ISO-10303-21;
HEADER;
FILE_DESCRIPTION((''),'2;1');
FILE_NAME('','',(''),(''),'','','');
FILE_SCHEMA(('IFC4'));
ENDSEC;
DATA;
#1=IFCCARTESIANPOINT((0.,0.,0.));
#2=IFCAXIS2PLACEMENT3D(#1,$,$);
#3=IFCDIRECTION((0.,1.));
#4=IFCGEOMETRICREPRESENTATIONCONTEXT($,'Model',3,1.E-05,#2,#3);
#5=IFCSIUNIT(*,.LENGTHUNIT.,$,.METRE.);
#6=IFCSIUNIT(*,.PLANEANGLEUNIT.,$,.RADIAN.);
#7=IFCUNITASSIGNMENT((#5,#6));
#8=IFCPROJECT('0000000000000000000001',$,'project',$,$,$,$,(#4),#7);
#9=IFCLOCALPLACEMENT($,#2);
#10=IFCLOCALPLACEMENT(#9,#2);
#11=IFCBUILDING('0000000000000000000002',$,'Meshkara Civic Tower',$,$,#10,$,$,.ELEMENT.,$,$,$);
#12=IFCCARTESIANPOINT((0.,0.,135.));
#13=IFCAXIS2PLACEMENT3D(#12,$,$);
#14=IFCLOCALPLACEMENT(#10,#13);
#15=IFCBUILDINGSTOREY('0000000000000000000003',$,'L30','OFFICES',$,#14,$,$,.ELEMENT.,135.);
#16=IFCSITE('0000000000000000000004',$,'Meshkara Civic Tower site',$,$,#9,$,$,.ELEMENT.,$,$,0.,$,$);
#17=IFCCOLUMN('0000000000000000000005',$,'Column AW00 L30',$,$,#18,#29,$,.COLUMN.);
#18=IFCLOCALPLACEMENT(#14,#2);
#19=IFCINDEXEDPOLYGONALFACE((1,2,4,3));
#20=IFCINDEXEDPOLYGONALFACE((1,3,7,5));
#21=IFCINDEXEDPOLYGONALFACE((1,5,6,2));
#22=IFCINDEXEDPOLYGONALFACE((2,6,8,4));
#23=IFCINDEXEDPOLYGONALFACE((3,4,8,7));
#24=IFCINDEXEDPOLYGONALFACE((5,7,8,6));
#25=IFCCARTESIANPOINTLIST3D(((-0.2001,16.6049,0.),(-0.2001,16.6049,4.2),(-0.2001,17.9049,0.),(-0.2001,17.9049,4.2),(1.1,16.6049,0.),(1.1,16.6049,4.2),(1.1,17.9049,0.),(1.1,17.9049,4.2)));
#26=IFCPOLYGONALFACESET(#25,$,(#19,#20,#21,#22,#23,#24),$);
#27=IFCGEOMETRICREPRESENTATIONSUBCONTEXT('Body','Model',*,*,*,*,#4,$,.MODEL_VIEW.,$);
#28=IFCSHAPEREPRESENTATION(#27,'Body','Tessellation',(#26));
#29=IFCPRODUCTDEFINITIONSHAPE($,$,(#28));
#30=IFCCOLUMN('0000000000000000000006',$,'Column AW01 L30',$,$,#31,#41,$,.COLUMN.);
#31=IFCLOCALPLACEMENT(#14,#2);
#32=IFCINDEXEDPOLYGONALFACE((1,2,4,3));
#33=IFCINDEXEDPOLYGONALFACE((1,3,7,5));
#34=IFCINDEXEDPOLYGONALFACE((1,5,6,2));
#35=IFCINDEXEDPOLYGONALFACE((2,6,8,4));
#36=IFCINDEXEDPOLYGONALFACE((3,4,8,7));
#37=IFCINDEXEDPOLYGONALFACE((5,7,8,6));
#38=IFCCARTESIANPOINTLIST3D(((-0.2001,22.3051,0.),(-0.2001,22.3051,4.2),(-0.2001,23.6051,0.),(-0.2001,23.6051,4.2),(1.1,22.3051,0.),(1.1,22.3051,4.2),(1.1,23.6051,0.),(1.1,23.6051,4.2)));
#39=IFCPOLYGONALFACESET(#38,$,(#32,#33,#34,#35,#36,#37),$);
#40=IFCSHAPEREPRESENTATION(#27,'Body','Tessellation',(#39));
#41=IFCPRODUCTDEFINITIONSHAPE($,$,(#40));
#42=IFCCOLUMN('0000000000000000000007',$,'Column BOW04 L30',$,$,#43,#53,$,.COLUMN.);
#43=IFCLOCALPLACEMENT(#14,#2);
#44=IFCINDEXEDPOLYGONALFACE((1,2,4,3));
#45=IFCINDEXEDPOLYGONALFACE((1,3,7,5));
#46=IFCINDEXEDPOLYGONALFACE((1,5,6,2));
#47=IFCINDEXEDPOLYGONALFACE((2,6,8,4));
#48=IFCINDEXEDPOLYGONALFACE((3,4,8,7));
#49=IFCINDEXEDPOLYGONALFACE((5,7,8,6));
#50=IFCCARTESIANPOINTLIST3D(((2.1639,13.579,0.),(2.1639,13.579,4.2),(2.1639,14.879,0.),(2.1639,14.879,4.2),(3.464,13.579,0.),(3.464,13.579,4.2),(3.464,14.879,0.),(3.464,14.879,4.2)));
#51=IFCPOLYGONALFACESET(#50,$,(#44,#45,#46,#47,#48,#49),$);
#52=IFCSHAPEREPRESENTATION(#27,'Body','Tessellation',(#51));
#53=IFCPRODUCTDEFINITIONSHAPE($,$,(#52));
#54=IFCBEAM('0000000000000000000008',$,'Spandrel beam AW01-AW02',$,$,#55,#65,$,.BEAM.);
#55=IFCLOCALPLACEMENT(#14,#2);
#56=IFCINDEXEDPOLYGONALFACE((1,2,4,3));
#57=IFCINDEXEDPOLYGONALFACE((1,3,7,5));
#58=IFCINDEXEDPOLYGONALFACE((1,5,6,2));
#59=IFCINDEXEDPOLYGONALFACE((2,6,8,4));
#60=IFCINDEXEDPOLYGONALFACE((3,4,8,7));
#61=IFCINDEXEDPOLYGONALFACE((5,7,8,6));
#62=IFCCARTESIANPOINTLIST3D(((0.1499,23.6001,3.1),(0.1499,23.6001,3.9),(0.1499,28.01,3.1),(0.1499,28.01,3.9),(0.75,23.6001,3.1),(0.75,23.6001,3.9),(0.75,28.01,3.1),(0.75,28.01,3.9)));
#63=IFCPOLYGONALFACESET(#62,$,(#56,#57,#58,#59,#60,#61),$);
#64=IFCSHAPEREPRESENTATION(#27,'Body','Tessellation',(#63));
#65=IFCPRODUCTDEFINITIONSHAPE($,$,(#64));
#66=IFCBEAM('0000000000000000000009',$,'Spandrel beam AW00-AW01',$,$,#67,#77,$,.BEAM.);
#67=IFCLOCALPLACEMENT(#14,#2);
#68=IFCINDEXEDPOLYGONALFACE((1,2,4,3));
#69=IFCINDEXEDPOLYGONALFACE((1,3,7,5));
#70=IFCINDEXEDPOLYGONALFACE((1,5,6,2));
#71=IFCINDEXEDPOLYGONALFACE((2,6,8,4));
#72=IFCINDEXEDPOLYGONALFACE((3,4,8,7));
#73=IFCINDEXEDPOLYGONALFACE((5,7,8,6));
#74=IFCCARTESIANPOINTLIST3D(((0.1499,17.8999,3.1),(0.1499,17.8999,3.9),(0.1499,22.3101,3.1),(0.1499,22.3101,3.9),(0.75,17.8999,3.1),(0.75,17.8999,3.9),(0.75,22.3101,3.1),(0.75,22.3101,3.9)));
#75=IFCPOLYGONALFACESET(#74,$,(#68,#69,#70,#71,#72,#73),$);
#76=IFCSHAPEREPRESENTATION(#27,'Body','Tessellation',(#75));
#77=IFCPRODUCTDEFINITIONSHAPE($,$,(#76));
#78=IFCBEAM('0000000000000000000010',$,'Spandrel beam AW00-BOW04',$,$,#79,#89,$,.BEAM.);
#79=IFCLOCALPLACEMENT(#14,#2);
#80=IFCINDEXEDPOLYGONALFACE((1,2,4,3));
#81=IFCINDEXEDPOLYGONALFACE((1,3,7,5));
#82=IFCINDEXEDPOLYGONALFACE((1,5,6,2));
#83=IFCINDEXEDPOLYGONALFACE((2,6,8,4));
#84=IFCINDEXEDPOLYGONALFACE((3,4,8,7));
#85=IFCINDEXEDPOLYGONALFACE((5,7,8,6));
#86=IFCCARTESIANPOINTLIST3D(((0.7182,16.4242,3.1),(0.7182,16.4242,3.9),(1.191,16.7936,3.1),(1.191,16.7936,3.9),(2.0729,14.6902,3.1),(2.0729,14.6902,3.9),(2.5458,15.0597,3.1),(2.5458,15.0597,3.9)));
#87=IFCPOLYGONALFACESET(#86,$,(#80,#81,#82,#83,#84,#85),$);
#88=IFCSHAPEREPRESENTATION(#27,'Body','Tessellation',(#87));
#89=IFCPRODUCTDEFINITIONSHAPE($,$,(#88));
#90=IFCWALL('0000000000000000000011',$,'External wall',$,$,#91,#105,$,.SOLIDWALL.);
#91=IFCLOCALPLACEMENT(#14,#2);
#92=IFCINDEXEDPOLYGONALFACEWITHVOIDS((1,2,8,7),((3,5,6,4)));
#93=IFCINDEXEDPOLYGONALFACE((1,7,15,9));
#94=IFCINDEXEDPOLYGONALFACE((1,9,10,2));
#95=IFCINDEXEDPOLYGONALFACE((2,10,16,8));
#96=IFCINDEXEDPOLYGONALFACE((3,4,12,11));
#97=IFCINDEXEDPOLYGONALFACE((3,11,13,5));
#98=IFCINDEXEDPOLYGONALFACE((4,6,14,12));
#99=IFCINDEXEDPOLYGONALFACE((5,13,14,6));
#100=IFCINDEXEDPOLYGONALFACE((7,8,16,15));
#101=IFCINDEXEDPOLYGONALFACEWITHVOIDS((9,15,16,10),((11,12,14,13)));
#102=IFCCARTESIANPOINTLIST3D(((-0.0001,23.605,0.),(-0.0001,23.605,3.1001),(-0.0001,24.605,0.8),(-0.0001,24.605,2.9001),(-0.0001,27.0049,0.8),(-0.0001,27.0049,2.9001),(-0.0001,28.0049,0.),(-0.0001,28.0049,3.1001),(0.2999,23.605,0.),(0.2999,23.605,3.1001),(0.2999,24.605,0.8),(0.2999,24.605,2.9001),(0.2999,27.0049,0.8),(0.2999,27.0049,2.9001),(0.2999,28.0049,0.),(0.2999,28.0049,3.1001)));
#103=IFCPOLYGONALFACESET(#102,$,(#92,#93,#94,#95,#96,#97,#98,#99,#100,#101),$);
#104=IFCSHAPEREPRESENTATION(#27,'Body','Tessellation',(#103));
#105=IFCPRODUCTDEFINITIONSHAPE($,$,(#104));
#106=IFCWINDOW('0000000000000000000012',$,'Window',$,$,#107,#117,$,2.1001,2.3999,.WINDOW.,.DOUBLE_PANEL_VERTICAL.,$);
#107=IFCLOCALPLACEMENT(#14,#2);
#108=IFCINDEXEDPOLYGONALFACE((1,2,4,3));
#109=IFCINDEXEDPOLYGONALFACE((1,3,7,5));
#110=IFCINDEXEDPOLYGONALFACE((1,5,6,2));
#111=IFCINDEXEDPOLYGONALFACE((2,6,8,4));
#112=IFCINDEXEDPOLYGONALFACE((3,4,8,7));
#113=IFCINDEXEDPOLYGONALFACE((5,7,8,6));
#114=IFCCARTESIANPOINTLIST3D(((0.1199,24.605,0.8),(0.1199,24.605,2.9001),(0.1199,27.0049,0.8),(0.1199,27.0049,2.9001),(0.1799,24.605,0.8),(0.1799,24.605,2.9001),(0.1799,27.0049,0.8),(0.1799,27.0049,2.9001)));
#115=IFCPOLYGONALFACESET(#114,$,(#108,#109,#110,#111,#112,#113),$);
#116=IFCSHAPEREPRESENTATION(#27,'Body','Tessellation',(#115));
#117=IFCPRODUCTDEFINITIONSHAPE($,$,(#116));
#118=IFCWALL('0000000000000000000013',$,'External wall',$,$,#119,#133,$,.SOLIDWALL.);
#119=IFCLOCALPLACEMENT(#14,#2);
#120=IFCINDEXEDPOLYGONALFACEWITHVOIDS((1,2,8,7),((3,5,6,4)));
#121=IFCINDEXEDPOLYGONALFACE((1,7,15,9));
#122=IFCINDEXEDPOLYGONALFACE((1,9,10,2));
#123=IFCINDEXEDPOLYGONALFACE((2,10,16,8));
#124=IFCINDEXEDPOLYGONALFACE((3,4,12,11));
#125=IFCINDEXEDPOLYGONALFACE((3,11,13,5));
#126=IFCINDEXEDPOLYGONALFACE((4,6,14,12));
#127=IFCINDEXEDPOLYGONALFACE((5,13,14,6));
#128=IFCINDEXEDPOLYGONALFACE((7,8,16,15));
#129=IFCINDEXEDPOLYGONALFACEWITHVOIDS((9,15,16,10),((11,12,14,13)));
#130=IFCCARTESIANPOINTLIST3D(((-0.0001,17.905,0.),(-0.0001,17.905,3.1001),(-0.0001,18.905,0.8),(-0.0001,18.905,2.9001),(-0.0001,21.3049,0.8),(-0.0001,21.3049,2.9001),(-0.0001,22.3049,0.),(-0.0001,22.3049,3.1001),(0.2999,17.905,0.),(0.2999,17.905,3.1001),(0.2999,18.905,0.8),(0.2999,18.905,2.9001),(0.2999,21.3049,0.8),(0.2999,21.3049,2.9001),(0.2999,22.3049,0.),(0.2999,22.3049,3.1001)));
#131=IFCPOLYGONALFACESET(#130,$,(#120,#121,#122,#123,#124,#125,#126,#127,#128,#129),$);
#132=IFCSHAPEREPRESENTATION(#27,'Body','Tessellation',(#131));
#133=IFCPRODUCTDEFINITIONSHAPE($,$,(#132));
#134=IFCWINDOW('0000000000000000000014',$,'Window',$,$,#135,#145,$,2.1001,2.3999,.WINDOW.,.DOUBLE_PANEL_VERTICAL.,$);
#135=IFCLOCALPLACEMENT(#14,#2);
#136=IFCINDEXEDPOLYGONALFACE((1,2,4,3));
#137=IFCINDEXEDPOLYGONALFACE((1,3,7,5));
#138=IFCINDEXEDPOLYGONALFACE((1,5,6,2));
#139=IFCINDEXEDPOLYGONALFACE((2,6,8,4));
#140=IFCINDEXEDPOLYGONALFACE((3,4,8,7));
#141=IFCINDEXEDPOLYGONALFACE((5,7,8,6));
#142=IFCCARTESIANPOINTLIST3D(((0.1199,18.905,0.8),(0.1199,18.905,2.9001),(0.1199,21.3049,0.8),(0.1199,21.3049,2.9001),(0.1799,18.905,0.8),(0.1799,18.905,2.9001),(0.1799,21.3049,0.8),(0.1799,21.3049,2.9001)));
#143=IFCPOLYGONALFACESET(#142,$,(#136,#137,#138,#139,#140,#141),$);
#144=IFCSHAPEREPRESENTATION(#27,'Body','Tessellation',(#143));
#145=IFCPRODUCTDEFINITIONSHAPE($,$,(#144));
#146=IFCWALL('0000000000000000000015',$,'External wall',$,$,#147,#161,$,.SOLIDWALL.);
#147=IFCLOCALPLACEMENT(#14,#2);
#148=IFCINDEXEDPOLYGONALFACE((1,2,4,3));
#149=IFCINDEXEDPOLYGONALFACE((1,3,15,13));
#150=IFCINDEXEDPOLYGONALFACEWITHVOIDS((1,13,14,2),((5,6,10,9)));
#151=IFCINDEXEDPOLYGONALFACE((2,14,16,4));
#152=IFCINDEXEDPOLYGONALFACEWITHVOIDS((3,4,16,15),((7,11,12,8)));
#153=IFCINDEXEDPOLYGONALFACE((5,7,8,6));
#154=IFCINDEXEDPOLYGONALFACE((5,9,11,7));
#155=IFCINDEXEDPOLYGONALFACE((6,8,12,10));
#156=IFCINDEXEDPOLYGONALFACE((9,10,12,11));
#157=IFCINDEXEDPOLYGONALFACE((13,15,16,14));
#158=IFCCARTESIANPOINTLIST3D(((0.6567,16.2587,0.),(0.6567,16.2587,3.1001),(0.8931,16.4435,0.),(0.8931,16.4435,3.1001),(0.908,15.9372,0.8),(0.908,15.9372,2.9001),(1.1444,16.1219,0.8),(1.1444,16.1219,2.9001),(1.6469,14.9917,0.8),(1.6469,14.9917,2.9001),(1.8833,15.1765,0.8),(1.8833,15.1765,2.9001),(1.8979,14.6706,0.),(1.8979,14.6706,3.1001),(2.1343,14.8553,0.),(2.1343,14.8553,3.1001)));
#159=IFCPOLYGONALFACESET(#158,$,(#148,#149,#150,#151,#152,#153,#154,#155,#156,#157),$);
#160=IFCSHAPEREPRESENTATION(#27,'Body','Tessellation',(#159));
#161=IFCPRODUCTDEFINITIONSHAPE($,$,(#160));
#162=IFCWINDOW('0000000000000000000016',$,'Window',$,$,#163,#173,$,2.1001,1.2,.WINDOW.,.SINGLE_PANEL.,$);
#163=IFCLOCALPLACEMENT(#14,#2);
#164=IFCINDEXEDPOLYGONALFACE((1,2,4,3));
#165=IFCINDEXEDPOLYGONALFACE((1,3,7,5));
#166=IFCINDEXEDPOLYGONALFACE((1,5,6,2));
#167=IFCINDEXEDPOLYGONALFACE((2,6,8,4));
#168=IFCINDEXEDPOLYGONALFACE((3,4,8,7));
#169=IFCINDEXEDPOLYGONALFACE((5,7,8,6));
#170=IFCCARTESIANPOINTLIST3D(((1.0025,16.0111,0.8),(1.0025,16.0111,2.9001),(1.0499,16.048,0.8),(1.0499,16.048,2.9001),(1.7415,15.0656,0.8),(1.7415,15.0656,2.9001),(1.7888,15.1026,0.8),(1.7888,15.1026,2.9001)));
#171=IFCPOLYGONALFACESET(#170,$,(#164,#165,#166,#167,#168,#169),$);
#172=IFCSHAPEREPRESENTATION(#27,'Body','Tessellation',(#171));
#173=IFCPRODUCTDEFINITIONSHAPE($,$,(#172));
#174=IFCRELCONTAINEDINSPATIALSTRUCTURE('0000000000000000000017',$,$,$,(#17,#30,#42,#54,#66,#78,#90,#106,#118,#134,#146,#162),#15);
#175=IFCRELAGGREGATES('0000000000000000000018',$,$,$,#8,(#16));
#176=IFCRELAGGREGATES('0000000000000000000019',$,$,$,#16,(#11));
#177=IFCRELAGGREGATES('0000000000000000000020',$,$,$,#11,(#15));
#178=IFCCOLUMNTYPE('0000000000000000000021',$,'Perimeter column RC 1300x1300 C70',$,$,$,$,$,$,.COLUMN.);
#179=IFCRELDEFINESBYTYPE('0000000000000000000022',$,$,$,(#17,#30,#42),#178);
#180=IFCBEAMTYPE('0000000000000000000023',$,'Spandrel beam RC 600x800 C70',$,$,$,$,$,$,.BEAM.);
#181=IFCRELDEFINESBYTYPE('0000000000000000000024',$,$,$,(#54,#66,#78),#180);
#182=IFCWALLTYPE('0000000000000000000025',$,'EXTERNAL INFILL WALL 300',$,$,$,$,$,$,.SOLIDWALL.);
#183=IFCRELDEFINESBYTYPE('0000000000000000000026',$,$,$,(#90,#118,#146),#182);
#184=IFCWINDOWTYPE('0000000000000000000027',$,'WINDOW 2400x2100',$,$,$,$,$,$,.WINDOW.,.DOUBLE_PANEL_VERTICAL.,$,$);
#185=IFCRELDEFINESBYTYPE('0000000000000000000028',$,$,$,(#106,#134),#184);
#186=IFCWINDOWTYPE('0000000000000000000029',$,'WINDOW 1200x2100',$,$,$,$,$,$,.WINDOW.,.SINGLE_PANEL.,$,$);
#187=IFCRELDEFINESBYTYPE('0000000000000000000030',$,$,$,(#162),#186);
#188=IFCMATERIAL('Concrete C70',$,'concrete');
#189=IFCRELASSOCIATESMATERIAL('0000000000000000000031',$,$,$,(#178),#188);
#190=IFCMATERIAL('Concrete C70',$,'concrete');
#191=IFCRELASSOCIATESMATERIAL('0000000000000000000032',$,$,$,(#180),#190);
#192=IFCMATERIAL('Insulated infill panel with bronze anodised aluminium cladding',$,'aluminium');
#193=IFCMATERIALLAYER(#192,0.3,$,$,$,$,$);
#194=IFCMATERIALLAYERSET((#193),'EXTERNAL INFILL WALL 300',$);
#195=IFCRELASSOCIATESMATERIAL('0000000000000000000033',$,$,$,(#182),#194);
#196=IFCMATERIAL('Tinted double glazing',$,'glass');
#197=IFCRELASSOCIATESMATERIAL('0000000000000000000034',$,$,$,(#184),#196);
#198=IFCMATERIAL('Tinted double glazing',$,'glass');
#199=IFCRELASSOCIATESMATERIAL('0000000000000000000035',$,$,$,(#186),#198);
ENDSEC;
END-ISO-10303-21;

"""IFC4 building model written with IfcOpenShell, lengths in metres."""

from ifc_helpers import new_model, si_unit, direction, frame, frame_2d, origin, origin_2d, place, context, subcontext, project, spatial, rectangle, extrude, material, layer, layer_set, material_profile, profile_set, type_object, element, fill, save


model = new_model("IFC4")

# Units and contexts
model_context = context("Model", 3, precision=1e-05, world=origin(), true_north=direction((0.0, 1.0)))
body_context = subcontext(model_context, "Body", "Model", "MODEL_VIEW")
ifc_project = project(units=[si_unit("LENGTHUNIT", "METRE"), si_unit("PLANEANGLEUNIT", "RADIAN")], contexts=[model_context])

# Site, building, storey
site_placement = place(None, origin())
site = spatial("IfcSite", under=ifc_project, at=site_placement, Name="Meshkara Civic Tower site", CompositionType="ELEMENT", RefElevation=0.0)
building_placement = place(site_placement, origin())
building = spatial("IfcBuilding", under=site, at=building_placement, Name="Meshkara Civic Tower", CompositionType="ELEMENT")
storey_placement = place(building_placement, frame((0.0, 0.0, 135.0)))
storey = spatial("IfcBuildingStorey", under=building, at=storey_placement, Name="L30", Description="OFFICES", CompositionType="ELEMENT", Elevation=135.0)

# Columns
ifc_material_1 = material(Name="Concrete C70", Category="concrete")
ifc_material_profile_1 = material_profile(ifc_material_1, rectangle(XDim=1.3, YDim=1.3, at=origin_2d()))
ifc_profile_set_1 = profile_set([ifc_material_profile_1], Name="Concrete C70")
column_type = type_object("IfcColumnType", Name="Perimeter column RC 1300x1300 C70", PredefinedType="COLUMN", material=ifc_profile_set_1)
for number, where, z_axis, x_axis, name in (
    (1, (0.45, 17.2549, 0.0), (0.0, 0.0, 1.0), (1.0, 0.0, 0.0), "Column AW00 L30"),
    (2, (0.45, 22.9551, 0.0), (0.0, 0.0, 1.0), (1.0, 0.0, 0.0), "Column AW01 L30"),
    (3, (2.814, 14.229, 0.0), (0.0, 0.0, 1.0), (1.0, 0.0, 0.0), "Column BOW04 L30"),
):
    element("IfcColumn", number, at=place(storey_placement, frame(where, z_axis=z_axis, x_axis=x_axis)), inside=storey, type_object=column_type, Name=name, PredefinedType="COLUMN", context=body_context, shape_type="SweptSolid", body=[
        extrude(rectangle(XDim=1.3, YDim=1.3, at=origin_2d()), origin(), (0.0, 0.0, 1.0), 4.2),
    ])

# Beams
ifc_material_2 = material(Name="Concrete C70", Category="concrete")
ifc_material_profile_2 = material_profile(ifc_material_2, rectangle(XDim=0.6001, YDim=0.8, at=origin_2d()))
ifc_profile_set_2 = profile_set([ifc_material_profile_2], Name="Concrete C70")
beam_type = type_object("IfcBeamType", Name="Spandrel beam RC 600x800 C70", PredefinedType="BEAM", material=ifc_profile_set_2)
beam_1_placement = place(storey_placement, frame((0.45, 28.01, 3.5), z_axis=(0.0, -1.0, 0.0), x_axis=(1.0, 0.0, 0.0)))
element("IfcBeam", 4, at=beam_1_placement, inside=storey, type_object=beam_type, Name="Spandrel beam AW01-AW02", PredefinedType="BEAM", context=body_context, shape_type="SweptSolid", body=[
    extrude(rectangle(XDim=0.6001, YDim=0.8, at=origin_2d()), origin(), (0.0, 0.0, 1.0), 4.4099),
])
beam_2_placement = place(storey_placement, frame((0.45, 22.3101, 3.5), z_axis=(0.0, -1.0, 0.0), x_axis=(1.0, 0.0, 0.0)))
element("IfcBeam", 5, at=beam_2_placement, inside=storey, type_object=beam_type, Name="Spandrel beam AW00-AW01", PredefinedType="BEAM", context=body_context, shape_type="SweptSolid", body=[
    extrude(rectangle(XDim=0.6001, YDim=0.8, at=origin_2d()), origin(), (0.0, 0.0, 1.0), 4.4102),
])
beam_3_placement = place(storey_placement, frame((0.9546, 16.6089, 3.5), z_axis=(0.615683, -0.787994, 0.0), x_axis=(0.787994, 0.615683, 0.0)))
element("IfcBeam", 6, at=beam_3_placement, inside=storey, type_object=beam_type, Name="Spandrel beam AW00-BOW04", PredefinedType="BEAM", context=body_context, shape_type="SweptSolid", body=[
    extrude(rectangle(XDim=0.6001, YDim=0.8, at=origin_2d()), origin(), (0.0, 0.0, 1.0), 2.2004),
])

# Walls, openings, windows
ifc_material_3 = material(Name="Insulated infill panel with bronze anodised aluminium cladding", Category="aluminium")
ifc_layer_1 = layer(ifc_material_3, 0.3)
ifc_layer_set_1 = layer_set([ifc_layer_1], Name="EXTERNAL INFILL WALL 300")
wall_type_1 = type_object("IfcWallType", Name="EXTERNAL INFILL WALL 300", PredefinedType="SOLIDWALL", material=ifc_layer_set_1)
wall_1_placement = place(storey_placement, frame((0.1499, 28.0049, 0.0), z_axis=(0.0, 0.0, 1.0), x_axis=(0.0, -1.0, 0.0)))
wall_1 = element("IfcWall", 7, at=wall_1_placement, inside=storey, type_object=wall_type_1, Name="External wall", PredefinedType="SOLIDWALL", context=body_context, shape_type="SweptSolid", body=[
    extrude(rectangle(XDim=4.3999, YDim=0.3, at=frame_2d((2.2, 0.0))), origin(), (0.0, 0.0, 1.0), 3.1001),
])
opening_1_placement = place(wall_1_placement, frame((1.0, 0.0, 0.8)))
opening_1 = element("IfcOpeningElement", 8, at=opening_1_placement, cuts=wall_1, PredefinedType="OPENING", context=body_context, shape_type="SweptSolid", body=[
    extrude(rectangle(XDim=2.3999, YDim=2.1001, at=frame_2d((1.2, 1.05))), frame((0.0, 0.1599, 0.0), z_axis=(0.0, -1.0, 0.0), x_axis=(1.0, 0.0, 0.0)), (0.0, 0.0, 1.0), 0.3201),
])
ifc_material_4 = material(Name="Tinted double glazing", Category="glass")
window_type_1 = type_object("IfcWindowType", Name="WINDOW 2400x2100", PartitioningType="DOUBLE_PANEL_VERTICAL", PredefinedType="WINDOW", material=ifc_material_4)
window_1_placement = place(opening_1_placement, origin())
window_1 = element("IfcWindow", 9, at=window_1_placement, inside=storey, type_object=window_type_1, Name="Window", OverallHeight=2.1001, OverallWidth=2.3999, PartitioningType="DOUBLE_PANEL_VERTICAL", PredefinedType="WINDOW", context=body_context, shape_type="SweptSolid", body=[
    extrude(rectangle(XDim=2.3999, YDim=2.1001, at=frame_2d((1.2, 1.05))), frame((0.0, 0.03, 0.0), z_axis=(0.0, -1.0, 0.0), x_axis=(1.0, 0.0, 0.0)), (0.0, 0.0, 1.0), 0.0601),
])
fill(opening_1, window_1)
wall_2_placement = place(storey_placement, frame((0.1499, 22.3049, 0.0), z_axis=(0.0, 0.0, 1.0), x_axis=(0.0, -1.0, 0.0)))
wall_2 = element("IfcWall", 10, at=wall_2_placement, inside=storey, type_object=wall_type_1, Name="External wall", PredefinedType="SOLIDWALL", context=body_context, shape_type="SweptSolid", body=[
    extrude(rectangle(XDim=4.3999, YDim=0.3, at=frame_2d((2.2, 0.0))), origin(), (0.0, 0.0, 1.0), 3.1001),
])
opening_2_placement = place(wall_2_placement, frame((1.0, 0.0, 0.8)))
opening_2 = element("IfcOpeningElement", 11, at=opening_2_placement, cuts=wall_2, PredefinedType="OPENING", context=body_context, shape_type="SweptSolid", body=[
    extrude(rectangle(XDim=2.3999, YDim=2.1001, at=frame_2d((1.2, 1.05))), frame((0.0, 0.1599, 0.0), z_axis=(0.0, -1.0, 0.0), x_axis=(1.0, 0.0, 0.0)), (0.0, 0.0, 1.0), 0.3201),
])
window_2_placement = place(opening_2_placement, origin())
window_2 = element("IfcWindow", 12, at=window_2_placement, inside=storey, type_object=window_type_1, Name="Window", OverallHeight=2.1001, OverallWidth=2.3999, PartitioningType="DOUBLE_PANEL_VERTICAL", PredefinedType="WINDOW", context=body_context, shape_type="SweptSolid", body=[
    extrude(rectangle(XDim=2.3999, YDim=2.1001, at=frame_2d((1.2, 1.05))), frame((0.0, 0.03, 0.0), z_axis=(0.0, -1.0, 0.0), x_axis=(1.0, 0.0, 0.0)), (0.0, 0.0, 1.0), 0.0601),
])
fill(opening_2, window_2)
wall_3_placement = place(storey_placement, frame((0.7749, 16.3511, 0.0), z_axis=(0.0, 0.0, 1.0), x_axis=(0.615792, -0.787909, 0.0)))
wall_3 = element("IfcWall", 13, at=wall_3_placement, inside=storey, type_object=wall_type_1, Name="External wall", PredefinedType="SOLIDWALL", context=body_context, shape_type="SweptSolid", body=[
    extrude(rectangle(XDim=2.0156, YDim=0.3, at=frame_2d((1.0078, 0.0))), origin(), (0.0, 0.0, 1.0), 3.1001),
])
opening_3_placement = place(wall_3_placement, frame((0.408, 0.0, 0.8)))
opening_3 = element("IfcOpeningElement", 14, at=opening_3_placement, cuts=wall_3, PredefinedType="OPENING", context=body_context, shape_type="SweptSolid", body=[
    extrude(rectangle(XDim=1.2, YDim=2.1001, at=frame_2d((0.6001, 1.05))), frame((0.0, 0.1599, 0.0), z_axis=(0.0, -1.0, 0.0), x_axis=(1.0, 0.0, 0.0)), (0.0, 0.0, 1.0), 0.3201),
])
ifc_material_5 = material(Name="Tinted double glazing", Category="glass")
window_type_2 = type_object("IfcWindowType", Name="WINDOW 1200x2100", PartitioningType="SINGLE_PANEL", PredefinedType="WINDOW", material=ifc_material_5)
window_3_placement = place(opening_3_placement, origin())
window_3 = element("IfcWindow", 15, at=window_3_placement, inside=storey, type_object=window_type_2, Name="Window", OverallHeight=2.1001, OverallWidth=1.2, PartitioningType="SINGLE_PANEL", PredefinedType="WINDOW", context=body_context, shape_type="SweptSolid", body=[
    extrude(rectangle(XDim=1.2, YDim=2.1001, at=frame_2d((0.6001, 1.05))), frame((0.0, 0.03, 0.0), z_axis=(0.0, -1.0, 0.0), x_axis=(1.0, 0.0, 0.0)), (0.0, 0.0, 1.0), 0.0601),
])
fill(opening_3, window_3)

save(model, "model.ifc")
